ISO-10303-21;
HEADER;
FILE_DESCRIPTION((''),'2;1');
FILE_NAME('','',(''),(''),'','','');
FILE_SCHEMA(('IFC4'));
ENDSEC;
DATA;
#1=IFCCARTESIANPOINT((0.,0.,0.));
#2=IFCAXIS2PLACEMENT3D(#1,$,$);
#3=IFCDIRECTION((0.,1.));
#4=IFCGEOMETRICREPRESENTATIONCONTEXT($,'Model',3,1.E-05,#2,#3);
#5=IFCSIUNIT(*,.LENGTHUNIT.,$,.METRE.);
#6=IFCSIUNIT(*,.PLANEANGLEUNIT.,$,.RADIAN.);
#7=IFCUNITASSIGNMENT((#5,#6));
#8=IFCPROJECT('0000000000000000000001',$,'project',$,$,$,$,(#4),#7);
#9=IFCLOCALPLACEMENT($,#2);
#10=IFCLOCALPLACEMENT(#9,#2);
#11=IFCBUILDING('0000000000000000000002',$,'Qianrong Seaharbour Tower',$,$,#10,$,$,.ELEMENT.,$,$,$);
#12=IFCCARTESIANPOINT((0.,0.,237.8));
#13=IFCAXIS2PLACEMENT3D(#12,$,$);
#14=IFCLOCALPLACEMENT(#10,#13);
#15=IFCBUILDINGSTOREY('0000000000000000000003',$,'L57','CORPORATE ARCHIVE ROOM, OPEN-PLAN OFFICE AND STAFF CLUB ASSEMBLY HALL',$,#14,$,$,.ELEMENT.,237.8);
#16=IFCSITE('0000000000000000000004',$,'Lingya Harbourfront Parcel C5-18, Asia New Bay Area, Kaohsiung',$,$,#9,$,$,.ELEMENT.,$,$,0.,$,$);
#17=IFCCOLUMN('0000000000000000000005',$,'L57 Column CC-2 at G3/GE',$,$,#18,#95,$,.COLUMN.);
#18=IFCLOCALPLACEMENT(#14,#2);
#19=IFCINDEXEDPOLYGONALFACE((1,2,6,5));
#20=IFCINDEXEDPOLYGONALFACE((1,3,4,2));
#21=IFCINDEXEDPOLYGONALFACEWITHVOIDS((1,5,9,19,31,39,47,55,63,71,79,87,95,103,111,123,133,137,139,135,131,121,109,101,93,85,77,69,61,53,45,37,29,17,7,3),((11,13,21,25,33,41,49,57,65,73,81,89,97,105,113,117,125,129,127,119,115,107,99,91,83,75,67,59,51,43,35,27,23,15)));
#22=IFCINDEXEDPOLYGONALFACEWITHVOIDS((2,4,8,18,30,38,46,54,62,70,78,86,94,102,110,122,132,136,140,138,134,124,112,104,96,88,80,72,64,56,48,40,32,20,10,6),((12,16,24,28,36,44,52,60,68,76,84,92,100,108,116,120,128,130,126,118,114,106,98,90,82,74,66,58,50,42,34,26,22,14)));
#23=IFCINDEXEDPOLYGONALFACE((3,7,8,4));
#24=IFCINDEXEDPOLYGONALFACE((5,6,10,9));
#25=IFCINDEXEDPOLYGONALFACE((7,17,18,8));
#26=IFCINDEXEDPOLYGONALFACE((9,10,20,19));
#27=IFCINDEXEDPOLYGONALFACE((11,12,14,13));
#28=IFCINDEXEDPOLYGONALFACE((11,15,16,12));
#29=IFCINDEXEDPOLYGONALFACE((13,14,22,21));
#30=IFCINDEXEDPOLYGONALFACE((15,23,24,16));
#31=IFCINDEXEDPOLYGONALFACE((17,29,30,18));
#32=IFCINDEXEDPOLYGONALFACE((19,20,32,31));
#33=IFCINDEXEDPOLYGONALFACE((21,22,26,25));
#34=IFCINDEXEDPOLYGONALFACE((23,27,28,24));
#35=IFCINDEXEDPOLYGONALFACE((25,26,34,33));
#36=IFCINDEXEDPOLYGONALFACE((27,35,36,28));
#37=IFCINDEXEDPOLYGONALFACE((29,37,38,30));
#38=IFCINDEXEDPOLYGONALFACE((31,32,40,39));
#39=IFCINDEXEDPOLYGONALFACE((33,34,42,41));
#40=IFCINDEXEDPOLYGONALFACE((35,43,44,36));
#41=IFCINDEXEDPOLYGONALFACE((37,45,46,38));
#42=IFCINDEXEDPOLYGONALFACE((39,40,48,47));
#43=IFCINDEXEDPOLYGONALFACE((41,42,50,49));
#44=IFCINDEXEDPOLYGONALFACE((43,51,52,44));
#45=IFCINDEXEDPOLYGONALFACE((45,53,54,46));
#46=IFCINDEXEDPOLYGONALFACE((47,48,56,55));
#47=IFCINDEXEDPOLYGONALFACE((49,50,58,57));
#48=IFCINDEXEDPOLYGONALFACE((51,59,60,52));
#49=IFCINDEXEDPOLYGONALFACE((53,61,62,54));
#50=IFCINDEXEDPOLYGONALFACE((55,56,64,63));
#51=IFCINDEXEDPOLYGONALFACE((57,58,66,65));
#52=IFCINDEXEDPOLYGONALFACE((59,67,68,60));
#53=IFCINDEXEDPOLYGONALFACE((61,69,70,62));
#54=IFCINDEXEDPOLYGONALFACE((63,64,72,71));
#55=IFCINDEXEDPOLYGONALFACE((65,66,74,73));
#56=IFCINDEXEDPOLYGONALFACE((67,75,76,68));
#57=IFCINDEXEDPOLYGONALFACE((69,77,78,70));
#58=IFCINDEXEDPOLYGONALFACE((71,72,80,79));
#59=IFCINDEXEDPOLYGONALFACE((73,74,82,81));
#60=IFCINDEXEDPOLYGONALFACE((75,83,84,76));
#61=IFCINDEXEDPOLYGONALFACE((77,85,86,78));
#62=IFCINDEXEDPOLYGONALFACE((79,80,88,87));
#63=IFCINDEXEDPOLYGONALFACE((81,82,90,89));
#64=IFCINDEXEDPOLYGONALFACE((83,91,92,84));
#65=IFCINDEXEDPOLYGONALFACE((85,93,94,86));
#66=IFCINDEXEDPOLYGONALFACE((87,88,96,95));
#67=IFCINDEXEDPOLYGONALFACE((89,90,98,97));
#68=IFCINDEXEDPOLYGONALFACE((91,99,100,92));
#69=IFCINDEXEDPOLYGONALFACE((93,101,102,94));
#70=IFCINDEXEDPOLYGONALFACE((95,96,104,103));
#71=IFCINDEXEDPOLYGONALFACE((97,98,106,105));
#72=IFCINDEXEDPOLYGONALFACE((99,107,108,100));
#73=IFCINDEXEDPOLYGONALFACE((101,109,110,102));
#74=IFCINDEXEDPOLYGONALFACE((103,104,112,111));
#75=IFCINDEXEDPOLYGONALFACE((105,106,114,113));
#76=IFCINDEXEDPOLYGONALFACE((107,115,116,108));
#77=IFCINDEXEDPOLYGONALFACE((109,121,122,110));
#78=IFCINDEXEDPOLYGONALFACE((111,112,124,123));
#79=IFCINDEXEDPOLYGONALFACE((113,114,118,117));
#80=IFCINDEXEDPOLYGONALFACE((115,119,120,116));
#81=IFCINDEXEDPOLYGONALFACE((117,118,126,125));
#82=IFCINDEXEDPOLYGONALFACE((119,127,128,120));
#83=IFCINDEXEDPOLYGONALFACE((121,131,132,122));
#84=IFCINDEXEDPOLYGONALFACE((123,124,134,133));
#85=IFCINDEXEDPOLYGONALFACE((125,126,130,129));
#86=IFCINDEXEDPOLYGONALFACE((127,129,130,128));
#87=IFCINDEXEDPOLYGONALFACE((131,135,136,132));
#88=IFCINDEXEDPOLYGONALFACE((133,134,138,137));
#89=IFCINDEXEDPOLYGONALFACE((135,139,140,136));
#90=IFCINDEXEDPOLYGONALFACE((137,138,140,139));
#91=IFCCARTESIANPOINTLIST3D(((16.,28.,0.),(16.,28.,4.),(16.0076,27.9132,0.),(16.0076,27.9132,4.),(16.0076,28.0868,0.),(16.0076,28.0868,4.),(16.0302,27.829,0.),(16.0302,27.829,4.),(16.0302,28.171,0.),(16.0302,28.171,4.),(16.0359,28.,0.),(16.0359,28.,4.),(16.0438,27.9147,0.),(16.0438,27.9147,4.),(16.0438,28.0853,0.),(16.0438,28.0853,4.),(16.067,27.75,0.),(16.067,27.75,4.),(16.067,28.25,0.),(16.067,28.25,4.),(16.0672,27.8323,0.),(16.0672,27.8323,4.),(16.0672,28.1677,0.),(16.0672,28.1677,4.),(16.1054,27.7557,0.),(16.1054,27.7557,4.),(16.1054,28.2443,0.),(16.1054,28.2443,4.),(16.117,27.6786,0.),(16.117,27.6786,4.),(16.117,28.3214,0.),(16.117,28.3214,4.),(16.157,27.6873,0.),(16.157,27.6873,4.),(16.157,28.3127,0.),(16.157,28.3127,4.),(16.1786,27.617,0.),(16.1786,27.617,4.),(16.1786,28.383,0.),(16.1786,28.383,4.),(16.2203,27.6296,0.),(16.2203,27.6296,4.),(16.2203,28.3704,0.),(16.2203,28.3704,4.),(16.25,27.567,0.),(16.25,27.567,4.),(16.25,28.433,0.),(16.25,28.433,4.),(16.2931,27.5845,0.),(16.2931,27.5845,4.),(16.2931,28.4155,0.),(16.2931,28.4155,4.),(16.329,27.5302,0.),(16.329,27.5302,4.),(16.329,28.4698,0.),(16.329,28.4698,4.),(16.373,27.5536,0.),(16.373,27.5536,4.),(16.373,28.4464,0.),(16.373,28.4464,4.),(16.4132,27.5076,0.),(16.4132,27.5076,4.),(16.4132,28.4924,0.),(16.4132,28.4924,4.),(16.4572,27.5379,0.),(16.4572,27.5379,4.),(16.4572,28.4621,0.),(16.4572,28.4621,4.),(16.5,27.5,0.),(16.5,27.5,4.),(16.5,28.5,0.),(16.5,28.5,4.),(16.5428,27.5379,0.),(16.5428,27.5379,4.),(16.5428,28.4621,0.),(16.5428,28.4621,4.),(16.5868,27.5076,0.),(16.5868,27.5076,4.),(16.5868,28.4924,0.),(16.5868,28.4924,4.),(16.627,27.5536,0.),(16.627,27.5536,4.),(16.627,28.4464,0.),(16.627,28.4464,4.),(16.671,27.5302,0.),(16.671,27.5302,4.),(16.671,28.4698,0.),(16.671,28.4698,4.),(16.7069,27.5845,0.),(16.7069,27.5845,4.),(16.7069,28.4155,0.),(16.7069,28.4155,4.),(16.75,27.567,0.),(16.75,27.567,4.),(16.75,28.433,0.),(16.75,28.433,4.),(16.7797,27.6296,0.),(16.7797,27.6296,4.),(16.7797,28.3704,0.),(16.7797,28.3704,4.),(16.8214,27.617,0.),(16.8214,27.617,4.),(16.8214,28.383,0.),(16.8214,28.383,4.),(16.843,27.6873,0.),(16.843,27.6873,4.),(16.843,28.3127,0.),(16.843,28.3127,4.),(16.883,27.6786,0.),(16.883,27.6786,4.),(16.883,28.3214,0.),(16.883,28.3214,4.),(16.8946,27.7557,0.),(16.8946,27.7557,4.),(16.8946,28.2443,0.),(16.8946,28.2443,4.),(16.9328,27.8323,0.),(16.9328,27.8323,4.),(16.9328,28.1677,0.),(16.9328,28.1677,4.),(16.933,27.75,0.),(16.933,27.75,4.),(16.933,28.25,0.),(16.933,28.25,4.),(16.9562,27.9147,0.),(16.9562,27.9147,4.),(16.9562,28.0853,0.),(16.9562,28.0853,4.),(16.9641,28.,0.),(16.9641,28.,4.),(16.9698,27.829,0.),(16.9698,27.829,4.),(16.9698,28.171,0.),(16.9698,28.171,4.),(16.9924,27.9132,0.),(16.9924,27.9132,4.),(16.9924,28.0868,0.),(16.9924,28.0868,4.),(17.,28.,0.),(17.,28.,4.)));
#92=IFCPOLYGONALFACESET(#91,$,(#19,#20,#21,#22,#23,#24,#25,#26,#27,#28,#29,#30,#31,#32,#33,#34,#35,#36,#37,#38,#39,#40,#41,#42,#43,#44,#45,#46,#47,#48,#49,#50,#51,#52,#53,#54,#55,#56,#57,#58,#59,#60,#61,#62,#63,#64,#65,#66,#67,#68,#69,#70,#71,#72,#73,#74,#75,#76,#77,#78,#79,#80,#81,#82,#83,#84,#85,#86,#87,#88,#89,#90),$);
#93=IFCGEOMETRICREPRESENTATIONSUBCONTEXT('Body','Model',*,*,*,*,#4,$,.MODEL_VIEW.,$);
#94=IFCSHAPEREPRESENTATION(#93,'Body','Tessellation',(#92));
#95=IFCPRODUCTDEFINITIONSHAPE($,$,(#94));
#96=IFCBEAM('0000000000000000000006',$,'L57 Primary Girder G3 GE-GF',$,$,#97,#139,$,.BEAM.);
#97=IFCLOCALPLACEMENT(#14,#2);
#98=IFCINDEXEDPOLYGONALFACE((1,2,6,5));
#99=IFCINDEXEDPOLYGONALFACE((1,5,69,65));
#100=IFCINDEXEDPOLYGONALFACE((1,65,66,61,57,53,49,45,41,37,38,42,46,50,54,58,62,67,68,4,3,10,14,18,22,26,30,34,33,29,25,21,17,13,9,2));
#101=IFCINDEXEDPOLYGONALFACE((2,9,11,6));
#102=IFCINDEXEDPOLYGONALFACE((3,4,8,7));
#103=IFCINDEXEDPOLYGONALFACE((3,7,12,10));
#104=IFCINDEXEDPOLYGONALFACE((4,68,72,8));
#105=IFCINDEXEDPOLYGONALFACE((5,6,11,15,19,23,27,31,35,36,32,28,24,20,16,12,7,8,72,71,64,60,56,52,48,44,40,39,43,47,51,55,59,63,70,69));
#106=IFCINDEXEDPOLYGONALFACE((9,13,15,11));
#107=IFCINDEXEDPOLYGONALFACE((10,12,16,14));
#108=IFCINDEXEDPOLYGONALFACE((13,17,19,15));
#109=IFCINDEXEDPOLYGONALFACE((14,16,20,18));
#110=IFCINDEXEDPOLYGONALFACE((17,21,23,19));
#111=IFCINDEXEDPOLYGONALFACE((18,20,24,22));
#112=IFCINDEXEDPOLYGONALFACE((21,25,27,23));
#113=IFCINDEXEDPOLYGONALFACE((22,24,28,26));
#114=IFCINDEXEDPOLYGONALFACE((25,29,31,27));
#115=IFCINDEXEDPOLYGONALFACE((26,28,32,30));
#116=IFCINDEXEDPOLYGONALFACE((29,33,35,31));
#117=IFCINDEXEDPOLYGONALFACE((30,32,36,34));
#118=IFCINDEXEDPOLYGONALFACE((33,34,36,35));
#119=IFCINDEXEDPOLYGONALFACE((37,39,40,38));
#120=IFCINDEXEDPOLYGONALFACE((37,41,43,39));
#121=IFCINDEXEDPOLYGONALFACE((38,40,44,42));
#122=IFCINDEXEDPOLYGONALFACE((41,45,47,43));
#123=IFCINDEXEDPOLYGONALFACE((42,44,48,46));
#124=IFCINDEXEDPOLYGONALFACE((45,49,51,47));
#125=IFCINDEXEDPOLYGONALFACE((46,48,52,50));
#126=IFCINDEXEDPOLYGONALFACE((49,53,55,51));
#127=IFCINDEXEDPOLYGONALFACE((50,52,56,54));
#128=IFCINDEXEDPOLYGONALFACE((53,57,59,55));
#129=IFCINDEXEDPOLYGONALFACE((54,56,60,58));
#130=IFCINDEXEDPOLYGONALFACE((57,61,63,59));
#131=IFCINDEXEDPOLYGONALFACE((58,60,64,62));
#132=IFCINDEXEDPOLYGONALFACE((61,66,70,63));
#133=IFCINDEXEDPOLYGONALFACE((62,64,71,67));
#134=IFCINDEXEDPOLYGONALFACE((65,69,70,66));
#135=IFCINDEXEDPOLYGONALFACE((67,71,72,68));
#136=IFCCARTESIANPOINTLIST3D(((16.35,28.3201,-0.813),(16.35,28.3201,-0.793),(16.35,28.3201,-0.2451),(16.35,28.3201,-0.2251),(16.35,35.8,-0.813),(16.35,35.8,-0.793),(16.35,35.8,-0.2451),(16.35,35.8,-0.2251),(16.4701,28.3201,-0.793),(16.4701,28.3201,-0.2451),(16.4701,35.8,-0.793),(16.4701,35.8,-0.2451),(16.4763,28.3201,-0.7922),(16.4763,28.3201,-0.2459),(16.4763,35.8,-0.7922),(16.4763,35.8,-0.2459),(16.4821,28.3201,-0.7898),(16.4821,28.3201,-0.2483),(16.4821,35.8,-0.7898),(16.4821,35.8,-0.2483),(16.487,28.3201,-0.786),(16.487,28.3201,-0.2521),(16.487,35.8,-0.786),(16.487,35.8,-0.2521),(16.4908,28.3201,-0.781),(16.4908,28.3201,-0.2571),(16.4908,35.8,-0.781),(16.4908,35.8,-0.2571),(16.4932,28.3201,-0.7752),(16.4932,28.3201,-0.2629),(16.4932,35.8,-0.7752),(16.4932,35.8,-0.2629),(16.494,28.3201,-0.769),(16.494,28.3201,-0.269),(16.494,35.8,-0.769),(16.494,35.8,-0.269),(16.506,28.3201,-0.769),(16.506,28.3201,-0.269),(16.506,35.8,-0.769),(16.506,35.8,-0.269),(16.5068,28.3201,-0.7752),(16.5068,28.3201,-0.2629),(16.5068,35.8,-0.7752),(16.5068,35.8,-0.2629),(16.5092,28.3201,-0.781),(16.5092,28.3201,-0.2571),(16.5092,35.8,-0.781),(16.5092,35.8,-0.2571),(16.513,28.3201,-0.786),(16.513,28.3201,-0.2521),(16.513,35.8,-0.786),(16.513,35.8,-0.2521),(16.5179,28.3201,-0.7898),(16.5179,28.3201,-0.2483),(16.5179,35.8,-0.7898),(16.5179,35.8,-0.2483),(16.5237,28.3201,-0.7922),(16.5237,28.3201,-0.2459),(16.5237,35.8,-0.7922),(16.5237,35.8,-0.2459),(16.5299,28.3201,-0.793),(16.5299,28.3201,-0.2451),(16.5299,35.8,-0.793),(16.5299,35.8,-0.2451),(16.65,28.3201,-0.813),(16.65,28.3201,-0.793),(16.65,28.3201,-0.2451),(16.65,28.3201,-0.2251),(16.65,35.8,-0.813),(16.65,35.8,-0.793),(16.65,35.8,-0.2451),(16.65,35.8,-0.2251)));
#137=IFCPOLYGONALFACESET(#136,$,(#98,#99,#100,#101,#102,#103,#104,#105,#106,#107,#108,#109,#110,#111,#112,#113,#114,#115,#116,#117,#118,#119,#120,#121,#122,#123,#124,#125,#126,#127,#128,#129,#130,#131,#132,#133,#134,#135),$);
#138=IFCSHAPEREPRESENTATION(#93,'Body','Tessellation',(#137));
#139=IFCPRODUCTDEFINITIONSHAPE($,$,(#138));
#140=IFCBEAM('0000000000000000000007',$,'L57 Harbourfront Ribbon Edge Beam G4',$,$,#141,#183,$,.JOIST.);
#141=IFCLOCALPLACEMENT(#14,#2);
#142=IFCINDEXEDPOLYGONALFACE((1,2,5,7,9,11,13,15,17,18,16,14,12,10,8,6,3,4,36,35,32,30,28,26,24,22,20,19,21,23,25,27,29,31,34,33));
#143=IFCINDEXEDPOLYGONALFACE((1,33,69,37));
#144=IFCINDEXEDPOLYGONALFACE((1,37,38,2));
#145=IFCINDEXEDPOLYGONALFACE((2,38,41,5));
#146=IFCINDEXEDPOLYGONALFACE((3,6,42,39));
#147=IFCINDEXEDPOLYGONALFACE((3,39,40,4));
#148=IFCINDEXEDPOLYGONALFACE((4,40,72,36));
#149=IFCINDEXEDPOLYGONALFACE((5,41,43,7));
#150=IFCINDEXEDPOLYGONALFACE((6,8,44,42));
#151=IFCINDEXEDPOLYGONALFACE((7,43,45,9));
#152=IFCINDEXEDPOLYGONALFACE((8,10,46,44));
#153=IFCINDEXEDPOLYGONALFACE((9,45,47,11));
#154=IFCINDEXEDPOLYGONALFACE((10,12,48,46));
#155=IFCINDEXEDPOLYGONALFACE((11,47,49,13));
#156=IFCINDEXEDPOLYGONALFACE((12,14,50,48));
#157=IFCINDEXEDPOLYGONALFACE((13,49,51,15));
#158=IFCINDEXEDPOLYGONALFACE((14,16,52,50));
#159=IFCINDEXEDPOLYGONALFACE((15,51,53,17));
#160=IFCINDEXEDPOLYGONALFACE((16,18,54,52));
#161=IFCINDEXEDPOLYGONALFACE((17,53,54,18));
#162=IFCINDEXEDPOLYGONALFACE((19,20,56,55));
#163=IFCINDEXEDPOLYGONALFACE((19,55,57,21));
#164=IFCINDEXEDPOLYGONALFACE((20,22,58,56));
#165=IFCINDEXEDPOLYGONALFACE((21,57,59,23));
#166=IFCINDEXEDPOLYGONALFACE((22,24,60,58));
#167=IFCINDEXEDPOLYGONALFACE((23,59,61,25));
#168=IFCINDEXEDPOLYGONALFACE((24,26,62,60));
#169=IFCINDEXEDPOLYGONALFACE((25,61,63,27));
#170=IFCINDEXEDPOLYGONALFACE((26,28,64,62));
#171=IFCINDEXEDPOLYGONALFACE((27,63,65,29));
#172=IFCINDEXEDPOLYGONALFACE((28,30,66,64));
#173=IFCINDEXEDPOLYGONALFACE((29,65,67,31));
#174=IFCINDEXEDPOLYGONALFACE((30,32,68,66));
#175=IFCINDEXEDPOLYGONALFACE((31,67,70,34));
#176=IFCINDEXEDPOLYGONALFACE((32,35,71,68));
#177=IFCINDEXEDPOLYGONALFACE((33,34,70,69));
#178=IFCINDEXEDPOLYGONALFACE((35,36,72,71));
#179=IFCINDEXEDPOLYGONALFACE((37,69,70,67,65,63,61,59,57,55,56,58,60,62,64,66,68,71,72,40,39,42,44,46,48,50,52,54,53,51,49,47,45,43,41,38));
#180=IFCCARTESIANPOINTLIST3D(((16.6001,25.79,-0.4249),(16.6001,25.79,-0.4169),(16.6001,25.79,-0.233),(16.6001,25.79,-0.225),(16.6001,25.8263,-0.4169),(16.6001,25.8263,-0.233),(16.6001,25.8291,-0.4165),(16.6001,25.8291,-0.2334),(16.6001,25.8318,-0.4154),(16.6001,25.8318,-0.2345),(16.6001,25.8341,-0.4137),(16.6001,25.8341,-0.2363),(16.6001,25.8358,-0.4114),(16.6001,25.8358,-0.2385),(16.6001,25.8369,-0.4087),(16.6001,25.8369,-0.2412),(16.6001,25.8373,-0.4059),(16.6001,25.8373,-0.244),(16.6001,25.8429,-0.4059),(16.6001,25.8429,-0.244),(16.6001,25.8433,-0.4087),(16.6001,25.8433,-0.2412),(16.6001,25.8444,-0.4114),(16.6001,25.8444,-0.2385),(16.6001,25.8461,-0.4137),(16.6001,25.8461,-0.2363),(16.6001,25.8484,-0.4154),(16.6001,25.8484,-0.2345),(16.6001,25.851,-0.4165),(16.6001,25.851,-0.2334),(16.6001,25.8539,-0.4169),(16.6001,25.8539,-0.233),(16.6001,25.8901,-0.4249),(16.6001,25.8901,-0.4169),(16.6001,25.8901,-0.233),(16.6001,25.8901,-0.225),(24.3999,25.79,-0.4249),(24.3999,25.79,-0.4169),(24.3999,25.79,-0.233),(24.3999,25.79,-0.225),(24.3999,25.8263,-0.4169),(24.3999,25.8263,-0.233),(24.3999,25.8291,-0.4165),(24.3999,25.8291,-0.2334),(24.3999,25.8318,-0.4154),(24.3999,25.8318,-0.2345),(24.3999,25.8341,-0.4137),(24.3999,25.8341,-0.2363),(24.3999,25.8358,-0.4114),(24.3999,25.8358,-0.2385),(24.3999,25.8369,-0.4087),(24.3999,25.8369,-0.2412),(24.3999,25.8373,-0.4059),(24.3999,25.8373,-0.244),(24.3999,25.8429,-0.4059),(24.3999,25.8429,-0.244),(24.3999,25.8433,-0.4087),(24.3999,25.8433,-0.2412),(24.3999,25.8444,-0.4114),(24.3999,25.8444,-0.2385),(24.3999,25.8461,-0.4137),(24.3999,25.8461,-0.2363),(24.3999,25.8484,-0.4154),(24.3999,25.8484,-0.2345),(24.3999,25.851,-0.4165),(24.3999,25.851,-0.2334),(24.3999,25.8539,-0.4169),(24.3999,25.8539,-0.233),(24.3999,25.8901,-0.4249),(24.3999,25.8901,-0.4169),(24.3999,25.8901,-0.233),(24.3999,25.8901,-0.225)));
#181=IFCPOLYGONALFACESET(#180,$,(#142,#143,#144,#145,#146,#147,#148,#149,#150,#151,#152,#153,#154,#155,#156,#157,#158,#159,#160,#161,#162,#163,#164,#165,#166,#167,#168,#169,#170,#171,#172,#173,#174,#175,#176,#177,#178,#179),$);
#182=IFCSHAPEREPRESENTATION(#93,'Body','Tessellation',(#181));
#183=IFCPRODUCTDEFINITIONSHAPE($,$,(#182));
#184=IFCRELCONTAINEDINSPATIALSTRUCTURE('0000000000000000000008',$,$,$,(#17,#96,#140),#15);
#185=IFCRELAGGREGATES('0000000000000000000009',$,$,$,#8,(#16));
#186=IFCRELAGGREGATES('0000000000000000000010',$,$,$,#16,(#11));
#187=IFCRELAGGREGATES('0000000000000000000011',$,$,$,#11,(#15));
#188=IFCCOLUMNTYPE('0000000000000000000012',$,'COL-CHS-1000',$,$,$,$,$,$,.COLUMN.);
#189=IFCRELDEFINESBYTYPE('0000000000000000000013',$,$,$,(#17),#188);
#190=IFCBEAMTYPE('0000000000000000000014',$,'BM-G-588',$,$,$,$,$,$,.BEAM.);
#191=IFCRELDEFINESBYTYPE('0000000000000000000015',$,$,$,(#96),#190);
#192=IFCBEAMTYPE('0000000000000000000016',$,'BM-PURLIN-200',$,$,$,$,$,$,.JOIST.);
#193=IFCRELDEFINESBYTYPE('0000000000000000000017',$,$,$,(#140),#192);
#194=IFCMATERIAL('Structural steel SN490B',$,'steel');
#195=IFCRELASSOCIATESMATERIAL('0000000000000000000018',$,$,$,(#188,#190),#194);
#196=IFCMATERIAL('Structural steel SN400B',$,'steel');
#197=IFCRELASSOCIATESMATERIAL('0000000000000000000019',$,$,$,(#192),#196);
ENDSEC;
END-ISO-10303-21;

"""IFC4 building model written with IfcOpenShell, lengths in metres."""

from ifc_helpers import new_model, si_unit, direction, frame, origin, origin_2d, place, context, subcontext, project, spatial, hollow_circle, i_section, extrude, material, material_profile, profile_set, type_object, element, save


model = new_model("IFC4")

# Units and contexts
model_context = context("Model", 3, precision=1e-05, world=origin(), true_north=direction((0.0, 1.0)))
body_context = subcontext(model_context, "Body", "Model", "MODEL_VIEW")
ifc_project = project(units=[si_unit("LENGTHUNIT", "METRE"), si_unit("PLANEANGLEUNIT", "RADIAN")], contexts=[model_context])

# Site, building, storey
site_placement = place(None, origin())
site = spatial("IfcSite", under=ifc_project, at=site_placement, Name="Lingya Harbourfront Parcel C5-18, Asia New Bay Area, Kaohsiung", CompositionType="ELEMENT", RefElevation=0.0)
building_placement = place(site_placement, origin())
building = spatial("IfcBuilding", under=site, at=building_placement, Name="Qianrong Seaharbour Tower", CompositionType="ELEMENT")
storey_placement = place(building_placement, frame((0.0, 0.0, 237.8)))
storey = spatial("IfcBuildingStorey", under=building, at=storey_placement, Name="L57", Description="CORPORATE ARCHIVE ROOM, OPEN-PLAN OFFICE AND STAFF CLUB ASSEMBLY HALL", CompositionType="ELEMENT", Elevation=237.8)

# Column
ifc_material_1 = material(Name="Structural steel SN490B", Category="steel")
ifc_material_profile_1 = material_profile(ifc_material_1, hollow_circle(Radius=0.5, WallThickness=0.0359, at=origin_2d()), Name="CHS1000x36")
ifc_profile_set_1 = profile_set([ifc_material_profile_1], Name="Structural steel SN490B")
column_type = type_object("IfcColumnType", Name="COL-CHS-1000", PredefinedType="COLUMN", material=ifc_profile_set_1)
column_placement = place(storey_placement, frame((16.5, 28.0, 0.0), z_axis=(0.0, 0.0, 1.0), x_axis=(1.0, 0.0, 0.0)))
element("IfcColumn", 1, at=column_placement, inside=storey, type_object=column_type, Name="L57 Column CC-2 at G3/GE", PredefinedType="COLUMN", context=body_context, shape_type="SweptSolid", body=[
    extrude(hollow_circle(Radius=0.5, WallThickness=0.0359, at=origin_2d()), origin(), (0.0, 0.0, 1.0), 4.0),
])

# Beams
ifc_material_profile_2 = material_profile(ifc_material_1, i_section(OverallWidth=0.3, OverallDepth=0.5879, WebThickness=0.012, FlangeThickness=0.02, FilletRadius=0.0239, at=origin_2d()), Name="H588x300x12x20")
ifc_profile_set_2 = profile_set([ifc_material_profile_2], Name="Structural steel SN490B")
beam_type_1 = type_object("IfcBeamType", Name="BM-G-588", PredefinedType="BEAM", material=ifc_profile_set_2)
beam_1_placement = place(storey_placement, frame((16.5, 28.3201, -0.519), z_axis=(0.0, 1.0, 0.0), x_axis=(-1.0, 0.0, 0.0)))
element("IfcBeam", 2, at=beam_1_placement, inside=storey, type_object=beam_type_1, Name="L57 Primary Girder G3 GE-GF", PredefinedType="BEAM", context=body_context, shape_type="SweptSolid", body=[
    extrude(i_section(OverallWidth=0.3, OverallDepth=0.5879, WebThickness=0.012, FlangeThickness=0.02, FilletRadius=0.0239, at=origin_2d()), origin(), (0.0, 0.0, 1.0), 7.48),
])
ifc_material_2 = material(Name="Structural steel SN400B", Category="steel")
ifc_material_profile_3 = material_profile(ifc_material_2, i_section(OverallWidth=0.1001, OverallDepth=0.2, WebThickness=0.0056, FlangeThickness=0.0081, FilletRadius=0.011, at=origin_2d()), Name="H200x100x5.5x8")
ifc_profile_set_3 = profile_set([ifc_material_profile_3], Name="Structural steel SN400B")
beam_type_2 = type_object("IfcBeamType", Name="BM-PURLIN-200", PredefinedType="JOIST", material=ifc_profile_set_3)
beam_2_placement = place(storey_placement, frame((16.6001, 25.8401, -0.325), z_axis=(1.0, 0.0, 0.0), x_axis=(0.0, 1.0, 0.0)))
element("IfcBeam", 3, at=beam_2_placement, inside=storey, type_object=beam_type_2, Name="L57 Harbourfront Ribbon Edge Beam G4", PredefinedType="JOIST", context=body_context, shape_type="SweptSolid", body=[
    extrude(i_section(OverallWidth=0.1001, OverallDepth=0.2, WebThickness=0.0056, FlangeThickness=0.0081, FilletRadius=0.011, at=origin_2d()), origin(), (0.0, 0.0, 1.0), 7.7998),
])

save(model, "model.ifc")
